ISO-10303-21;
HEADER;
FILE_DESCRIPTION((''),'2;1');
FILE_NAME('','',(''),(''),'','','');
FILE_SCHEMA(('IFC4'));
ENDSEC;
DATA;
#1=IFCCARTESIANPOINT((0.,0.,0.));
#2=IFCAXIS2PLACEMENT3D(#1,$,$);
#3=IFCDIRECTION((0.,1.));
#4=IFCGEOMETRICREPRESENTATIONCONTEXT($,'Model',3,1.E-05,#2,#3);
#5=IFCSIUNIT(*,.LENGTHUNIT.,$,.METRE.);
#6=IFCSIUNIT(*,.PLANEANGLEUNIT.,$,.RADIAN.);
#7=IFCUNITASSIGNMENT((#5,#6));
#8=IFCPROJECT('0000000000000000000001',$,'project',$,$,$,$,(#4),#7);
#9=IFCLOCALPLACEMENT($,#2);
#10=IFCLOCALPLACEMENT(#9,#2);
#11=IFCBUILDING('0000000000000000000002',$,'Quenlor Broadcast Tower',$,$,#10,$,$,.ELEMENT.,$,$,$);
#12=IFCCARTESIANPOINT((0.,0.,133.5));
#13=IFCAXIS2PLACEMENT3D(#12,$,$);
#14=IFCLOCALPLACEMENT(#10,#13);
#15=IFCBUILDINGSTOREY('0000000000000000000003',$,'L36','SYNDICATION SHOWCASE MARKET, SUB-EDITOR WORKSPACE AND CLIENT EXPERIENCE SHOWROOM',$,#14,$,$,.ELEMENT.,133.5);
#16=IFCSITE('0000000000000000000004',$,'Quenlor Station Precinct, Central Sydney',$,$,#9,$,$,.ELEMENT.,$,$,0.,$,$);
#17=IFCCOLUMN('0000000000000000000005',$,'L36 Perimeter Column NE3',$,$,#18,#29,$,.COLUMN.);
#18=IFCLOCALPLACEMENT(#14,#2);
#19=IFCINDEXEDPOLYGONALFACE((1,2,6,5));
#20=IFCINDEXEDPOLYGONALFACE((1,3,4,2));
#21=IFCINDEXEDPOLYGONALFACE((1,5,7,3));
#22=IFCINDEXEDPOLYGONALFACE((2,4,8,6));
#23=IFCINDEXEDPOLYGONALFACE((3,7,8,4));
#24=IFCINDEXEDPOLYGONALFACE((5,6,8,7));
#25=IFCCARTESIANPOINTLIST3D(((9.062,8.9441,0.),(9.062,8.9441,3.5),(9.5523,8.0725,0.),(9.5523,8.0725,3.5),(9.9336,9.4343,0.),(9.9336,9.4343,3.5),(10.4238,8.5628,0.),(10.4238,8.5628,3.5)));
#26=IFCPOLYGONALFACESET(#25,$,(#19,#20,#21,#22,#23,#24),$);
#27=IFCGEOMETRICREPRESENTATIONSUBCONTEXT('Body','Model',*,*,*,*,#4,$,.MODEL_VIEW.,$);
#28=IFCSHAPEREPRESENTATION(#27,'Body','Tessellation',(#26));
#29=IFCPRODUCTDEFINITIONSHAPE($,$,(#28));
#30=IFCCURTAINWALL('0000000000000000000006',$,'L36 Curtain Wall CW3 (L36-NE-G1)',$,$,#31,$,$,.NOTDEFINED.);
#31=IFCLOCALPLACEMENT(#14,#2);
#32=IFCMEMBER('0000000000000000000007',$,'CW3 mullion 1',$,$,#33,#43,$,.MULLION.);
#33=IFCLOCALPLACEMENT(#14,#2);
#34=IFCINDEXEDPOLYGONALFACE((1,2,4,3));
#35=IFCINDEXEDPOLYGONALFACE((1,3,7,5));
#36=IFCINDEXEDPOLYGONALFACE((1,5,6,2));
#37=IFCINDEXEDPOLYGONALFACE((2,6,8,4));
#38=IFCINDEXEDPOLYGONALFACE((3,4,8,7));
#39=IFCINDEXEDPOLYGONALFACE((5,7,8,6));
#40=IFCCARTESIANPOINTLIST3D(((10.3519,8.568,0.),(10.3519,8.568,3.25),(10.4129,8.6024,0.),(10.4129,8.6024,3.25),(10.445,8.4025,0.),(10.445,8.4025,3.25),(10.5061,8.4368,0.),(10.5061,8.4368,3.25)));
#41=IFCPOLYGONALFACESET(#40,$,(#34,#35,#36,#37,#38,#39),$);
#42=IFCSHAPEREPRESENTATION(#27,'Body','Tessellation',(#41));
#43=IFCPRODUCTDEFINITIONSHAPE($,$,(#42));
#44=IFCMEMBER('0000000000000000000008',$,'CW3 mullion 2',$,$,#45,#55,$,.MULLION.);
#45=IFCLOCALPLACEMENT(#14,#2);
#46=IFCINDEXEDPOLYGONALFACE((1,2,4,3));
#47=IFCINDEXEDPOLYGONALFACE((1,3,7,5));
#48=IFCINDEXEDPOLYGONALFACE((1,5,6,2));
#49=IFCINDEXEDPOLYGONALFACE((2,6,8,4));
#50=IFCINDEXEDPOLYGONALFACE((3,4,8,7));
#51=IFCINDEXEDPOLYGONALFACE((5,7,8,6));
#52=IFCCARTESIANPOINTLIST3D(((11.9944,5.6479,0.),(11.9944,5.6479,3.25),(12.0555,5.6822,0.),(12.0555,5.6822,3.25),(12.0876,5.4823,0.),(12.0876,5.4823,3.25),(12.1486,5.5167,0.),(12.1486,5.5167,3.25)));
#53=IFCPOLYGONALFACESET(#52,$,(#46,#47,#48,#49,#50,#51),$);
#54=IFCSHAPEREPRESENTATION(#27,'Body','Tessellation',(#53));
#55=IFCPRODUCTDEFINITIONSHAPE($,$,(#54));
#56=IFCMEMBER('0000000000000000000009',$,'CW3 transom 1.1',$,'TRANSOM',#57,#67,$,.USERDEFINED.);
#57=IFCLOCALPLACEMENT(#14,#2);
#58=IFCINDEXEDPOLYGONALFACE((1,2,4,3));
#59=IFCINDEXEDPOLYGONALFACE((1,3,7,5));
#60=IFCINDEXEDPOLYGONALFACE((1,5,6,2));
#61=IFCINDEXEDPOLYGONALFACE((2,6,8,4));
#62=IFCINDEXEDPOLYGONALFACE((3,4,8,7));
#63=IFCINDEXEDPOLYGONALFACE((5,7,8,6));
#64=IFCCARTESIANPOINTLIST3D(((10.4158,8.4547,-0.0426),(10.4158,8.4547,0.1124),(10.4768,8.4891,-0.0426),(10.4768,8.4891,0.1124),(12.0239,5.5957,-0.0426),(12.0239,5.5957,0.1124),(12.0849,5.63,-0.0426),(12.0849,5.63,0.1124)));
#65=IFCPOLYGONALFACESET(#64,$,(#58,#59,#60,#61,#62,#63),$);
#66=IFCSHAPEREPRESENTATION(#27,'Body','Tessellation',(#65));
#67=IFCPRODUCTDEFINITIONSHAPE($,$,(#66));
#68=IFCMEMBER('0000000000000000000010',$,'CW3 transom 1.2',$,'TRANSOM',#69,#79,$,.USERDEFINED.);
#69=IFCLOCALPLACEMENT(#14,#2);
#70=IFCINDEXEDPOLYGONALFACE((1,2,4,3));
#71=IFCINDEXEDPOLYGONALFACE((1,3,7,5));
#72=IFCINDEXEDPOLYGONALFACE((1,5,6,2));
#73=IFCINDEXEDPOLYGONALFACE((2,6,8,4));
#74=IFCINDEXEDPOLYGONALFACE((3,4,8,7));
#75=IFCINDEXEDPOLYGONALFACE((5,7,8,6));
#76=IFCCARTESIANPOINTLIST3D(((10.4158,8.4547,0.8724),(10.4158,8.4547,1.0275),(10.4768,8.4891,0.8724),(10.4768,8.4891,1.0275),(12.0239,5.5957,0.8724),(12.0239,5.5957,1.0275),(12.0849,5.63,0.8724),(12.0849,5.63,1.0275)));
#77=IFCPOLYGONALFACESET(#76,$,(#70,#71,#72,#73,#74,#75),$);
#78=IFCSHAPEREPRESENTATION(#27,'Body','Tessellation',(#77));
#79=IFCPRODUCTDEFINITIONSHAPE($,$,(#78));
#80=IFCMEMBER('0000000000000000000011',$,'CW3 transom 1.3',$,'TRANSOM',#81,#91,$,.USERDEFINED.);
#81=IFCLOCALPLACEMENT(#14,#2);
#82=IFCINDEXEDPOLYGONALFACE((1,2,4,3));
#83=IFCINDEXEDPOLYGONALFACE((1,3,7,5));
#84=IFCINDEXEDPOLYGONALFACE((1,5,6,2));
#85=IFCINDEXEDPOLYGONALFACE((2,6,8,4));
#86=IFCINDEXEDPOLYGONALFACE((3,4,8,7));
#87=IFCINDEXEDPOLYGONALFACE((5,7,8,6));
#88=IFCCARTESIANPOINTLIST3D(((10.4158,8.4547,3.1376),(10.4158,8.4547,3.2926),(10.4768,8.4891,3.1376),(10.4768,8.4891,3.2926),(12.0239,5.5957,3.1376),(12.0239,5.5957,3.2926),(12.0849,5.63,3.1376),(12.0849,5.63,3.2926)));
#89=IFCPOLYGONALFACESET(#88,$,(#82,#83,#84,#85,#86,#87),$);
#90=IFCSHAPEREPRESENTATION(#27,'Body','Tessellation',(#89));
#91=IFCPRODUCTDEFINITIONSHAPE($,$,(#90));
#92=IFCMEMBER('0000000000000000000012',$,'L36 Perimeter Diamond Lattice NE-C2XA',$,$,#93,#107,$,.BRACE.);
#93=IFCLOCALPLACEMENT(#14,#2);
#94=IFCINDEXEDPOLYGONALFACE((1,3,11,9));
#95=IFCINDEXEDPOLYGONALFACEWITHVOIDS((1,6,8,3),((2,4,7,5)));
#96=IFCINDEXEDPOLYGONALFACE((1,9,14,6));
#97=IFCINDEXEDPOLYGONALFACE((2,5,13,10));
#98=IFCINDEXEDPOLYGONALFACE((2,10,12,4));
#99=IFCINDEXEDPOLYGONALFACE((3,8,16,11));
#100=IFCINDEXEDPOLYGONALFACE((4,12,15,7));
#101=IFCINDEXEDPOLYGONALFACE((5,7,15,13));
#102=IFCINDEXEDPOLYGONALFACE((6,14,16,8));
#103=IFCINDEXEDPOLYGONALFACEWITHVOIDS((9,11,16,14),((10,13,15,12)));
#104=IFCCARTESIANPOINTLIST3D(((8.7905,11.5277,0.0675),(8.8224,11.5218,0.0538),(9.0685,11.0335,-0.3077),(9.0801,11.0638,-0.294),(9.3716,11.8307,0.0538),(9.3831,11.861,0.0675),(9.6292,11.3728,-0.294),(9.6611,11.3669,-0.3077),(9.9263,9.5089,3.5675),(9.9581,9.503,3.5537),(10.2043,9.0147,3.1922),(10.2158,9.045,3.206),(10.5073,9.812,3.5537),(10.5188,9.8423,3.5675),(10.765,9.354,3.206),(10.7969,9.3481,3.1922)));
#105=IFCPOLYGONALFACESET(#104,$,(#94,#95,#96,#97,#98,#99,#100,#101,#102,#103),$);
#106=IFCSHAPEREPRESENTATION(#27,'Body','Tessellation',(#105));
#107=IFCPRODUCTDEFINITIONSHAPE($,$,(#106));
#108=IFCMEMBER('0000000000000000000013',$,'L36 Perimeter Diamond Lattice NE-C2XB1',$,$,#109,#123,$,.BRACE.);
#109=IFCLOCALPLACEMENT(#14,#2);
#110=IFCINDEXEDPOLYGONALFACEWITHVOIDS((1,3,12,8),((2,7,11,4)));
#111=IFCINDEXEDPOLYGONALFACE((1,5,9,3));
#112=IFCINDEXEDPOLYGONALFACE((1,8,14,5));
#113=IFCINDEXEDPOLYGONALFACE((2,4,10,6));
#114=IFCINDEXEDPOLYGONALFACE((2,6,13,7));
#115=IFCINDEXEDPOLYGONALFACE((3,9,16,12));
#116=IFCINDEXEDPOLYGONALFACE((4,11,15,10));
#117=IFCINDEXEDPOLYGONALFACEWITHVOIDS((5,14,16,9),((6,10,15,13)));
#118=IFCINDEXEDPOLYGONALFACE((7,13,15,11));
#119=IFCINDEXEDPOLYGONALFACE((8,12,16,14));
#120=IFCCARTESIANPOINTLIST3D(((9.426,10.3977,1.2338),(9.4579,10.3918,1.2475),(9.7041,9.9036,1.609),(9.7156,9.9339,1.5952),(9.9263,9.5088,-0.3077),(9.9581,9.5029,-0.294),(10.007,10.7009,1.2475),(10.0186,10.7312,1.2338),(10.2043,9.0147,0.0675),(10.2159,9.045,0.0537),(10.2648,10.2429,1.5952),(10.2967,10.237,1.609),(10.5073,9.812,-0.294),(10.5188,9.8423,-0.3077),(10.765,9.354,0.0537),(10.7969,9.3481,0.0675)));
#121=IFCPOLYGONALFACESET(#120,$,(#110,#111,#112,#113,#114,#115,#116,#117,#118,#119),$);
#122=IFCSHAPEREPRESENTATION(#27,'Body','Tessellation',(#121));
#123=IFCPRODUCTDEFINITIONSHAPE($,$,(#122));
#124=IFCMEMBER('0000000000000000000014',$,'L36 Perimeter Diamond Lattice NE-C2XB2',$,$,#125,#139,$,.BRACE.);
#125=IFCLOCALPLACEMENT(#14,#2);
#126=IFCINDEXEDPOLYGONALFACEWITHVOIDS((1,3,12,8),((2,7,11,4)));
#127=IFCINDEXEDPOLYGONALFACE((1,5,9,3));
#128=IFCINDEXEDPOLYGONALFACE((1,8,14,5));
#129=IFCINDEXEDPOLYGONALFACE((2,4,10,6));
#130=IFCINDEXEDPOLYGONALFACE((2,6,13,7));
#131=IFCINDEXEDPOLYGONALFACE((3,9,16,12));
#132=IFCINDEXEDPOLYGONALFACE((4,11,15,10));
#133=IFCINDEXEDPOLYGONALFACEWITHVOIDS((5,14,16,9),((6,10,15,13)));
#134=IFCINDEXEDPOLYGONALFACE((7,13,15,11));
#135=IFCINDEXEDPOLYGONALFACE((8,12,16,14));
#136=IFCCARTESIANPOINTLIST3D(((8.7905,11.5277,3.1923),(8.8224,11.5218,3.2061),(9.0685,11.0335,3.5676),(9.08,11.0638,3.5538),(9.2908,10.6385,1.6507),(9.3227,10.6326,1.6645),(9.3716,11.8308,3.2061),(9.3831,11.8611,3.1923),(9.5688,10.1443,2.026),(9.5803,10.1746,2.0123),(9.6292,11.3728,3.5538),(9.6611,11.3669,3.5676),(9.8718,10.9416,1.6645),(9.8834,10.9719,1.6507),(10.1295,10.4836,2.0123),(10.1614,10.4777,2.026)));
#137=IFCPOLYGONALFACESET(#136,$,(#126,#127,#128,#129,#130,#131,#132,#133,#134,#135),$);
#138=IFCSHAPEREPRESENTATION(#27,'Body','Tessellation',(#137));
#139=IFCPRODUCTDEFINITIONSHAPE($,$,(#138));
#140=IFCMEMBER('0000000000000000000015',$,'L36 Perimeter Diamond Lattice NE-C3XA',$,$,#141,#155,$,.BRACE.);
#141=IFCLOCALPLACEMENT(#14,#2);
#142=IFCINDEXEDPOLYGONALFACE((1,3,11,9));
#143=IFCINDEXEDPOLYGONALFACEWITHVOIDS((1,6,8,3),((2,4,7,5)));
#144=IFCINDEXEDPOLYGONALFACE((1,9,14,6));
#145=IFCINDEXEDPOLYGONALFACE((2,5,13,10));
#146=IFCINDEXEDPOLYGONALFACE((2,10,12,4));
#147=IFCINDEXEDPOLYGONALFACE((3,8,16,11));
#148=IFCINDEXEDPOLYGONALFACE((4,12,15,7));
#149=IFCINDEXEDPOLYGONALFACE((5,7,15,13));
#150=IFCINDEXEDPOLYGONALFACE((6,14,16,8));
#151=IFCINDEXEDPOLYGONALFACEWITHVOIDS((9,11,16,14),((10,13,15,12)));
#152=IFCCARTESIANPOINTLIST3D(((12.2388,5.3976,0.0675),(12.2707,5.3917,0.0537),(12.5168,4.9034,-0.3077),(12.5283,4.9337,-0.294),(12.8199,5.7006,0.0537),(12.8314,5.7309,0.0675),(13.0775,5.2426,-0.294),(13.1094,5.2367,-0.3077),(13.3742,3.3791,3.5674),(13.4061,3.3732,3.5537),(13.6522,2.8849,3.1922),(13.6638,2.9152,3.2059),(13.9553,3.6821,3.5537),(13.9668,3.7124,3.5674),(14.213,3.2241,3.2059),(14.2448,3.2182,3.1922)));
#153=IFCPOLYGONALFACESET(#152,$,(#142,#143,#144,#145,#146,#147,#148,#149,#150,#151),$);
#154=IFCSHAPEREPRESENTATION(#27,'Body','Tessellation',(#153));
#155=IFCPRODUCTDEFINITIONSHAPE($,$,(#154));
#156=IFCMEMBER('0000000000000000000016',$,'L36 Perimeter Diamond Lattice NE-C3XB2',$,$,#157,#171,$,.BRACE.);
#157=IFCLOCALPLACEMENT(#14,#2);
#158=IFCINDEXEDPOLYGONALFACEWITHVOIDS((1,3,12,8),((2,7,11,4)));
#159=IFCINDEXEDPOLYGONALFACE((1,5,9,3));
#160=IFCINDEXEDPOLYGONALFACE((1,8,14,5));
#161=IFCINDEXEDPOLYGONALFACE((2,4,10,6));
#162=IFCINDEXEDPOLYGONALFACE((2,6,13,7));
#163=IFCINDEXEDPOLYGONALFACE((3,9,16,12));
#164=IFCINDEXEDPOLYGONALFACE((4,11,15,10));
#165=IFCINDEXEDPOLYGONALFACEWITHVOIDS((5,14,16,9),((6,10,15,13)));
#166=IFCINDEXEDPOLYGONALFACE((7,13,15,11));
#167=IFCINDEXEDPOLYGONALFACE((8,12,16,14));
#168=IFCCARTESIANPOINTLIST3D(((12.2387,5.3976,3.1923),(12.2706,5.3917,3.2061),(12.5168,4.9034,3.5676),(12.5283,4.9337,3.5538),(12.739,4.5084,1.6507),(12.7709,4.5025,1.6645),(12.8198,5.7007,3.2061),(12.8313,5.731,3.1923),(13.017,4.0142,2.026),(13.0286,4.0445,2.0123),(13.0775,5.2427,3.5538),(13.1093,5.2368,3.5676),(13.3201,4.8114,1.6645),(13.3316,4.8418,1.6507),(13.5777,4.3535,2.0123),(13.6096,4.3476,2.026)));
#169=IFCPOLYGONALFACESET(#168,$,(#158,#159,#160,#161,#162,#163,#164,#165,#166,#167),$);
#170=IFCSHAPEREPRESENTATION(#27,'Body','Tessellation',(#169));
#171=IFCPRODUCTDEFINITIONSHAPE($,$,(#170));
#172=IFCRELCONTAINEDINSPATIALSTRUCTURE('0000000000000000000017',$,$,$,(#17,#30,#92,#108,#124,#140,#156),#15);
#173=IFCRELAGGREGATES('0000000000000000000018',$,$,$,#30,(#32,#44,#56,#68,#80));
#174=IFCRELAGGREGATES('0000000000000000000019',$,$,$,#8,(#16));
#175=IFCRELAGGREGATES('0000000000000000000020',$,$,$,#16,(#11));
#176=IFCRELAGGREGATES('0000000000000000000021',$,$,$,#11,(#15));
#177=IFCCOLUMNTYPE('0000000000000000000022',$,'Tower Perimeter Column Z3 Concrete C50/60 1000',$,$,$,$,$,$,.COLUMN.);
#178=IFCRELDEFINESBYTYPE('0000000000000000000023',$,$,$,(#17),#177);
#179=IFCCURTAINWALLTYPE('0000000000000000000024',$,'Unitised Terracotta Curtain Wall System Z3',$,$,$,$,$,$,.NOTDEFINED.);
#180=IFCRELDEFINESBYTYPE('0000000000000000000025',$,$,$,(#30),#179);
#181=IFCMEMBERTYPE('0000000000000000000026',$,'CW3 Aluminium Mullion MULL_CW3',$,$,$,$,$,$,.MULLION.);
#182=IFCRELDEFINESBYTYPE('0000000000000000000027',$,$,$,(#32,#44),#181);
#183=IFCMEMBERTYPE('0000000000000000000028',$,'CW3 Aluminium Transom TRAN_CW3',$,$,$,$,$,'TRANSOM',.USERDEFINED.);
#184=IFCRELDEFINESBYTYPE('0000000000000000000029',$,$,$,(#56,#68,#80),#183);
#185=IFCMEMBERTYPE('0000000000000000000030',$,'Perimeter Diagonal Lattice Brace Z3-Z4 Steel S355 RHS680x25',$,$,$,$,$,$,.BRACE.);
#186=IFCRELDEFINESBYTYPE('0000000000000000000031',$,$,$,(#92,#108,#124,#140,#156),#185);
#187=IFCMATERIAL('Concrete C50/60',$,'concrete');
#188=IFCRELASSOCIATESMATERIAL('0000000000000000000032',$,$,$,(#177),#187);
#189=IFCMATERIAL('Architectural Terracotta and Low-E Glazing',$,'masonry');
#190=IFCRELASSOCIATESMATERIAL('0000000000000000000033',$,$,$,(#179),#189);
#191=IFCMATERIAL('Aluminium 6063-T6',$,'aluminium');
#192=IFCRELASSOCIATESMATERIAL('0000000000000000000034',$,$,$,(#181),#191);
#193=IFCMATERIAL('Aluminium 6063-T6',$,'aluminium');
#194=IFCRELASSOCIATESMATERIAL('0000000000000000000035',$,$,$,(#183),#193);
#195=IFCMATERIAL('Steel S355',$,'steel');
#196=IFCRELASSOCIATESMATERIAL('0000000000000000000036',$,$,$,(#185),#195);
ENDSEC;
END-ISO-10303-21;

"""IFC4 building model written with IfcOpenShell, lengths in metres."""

from ifc_helpers import new_model, si_unit, direction, frame, origin, origin_2d, place, context, subcontext, project, spatial, rectangle, hollow_rectangle, extrude, material, material_profile, profile_set, type_object, element, aggregate, save


model = new_model("IFC4")

# Units and contexts
model_context = context("Model", 3, precision=1e-05, world=origin(), true_north=direction((0.0, 1.0)))
body_context = subcontext(model_context, "Body", "Model", "MODEL_VIEW")
ifc_project = project(units=[si_unit("LENGTHUNIT", "METRE"), si_unit("PLANEANGLEUNIT", "RADIAN")], contexts=[model_context])

# Site, building, storey
site_placement = place(None, origin())
site = spatial("IfcSite", under=ifc_project, at=site_placement, Name="Quenlor Station Precinct, Central Sydney", CompositionType="ELEMENT", RefElevation=0.0)
building_placement = place(site_placement, origin())
building = spatial("IfcBuilding", under=site, at=building_placement, Name="Quenlor Broadcast Tower", CompositionType="ELEMENT")
storey_placement = place(building_placement, frame((0.0, 0.0, 133.5)))
storey = spatial("IfcBuildingStorey", under=building, at=storey_placement, Name="L36", Description="SYNDICATION SHOWCASE MARKET, SUB-EDITOR WORKSPACE AND CLIENT EXPERIENCE SHOWROOM", CompositionType="ELEMENT", Elevation=133.5)

# Column
ifc_material_1 = material(Name="Concrete C50/60", Category="concrete")
ifc_material_profile_1 = material_profile(ifc_material_1, rectangle(XDim=1.0, YDim=1.0, at=origin_2d()))
ifc_profile_set_1 = profile_set([ifc_material_profile_1], Name="Concrete C50/60 RC1000x1000")
column_type = type_object("IfcColumnType", Name="Tower Perimeter Column Z3 Concrete C50/60 1000", PredefinedType="COLUMN", material=ifc_profile_set_1)
column_placement = place(storey_placement, frame((9.7429, 8.7534, 0.0), z_axis=(0.0, 0.0, 1.0), x_axis=(0.871575, 0.490262, 0.0)))
element("IfcColumn", 1, at=column_placement, inside=storey, type_object=column_type, Name="L36 Perimeter Column NE3", PredefinedType="COLUMN", context=body_context, shape_type="SweptSolid", body=[
    extrude(rectangle(XDim=1.0, YDim=1.0, at=origin_2d()), origin(), (0.0, 0.0, 1.0), 3.5),
])

# Curtain wall, members
ifc_material_2 = material(Name="Architectural Terracotta and Low-E Glazing", Category="masonry")
curtain_wall_type = type_object("IfcCurtainWallType", Name="Unitised Terracotta Curtain Wall System Z3", PredefinedType="NOTDEFINED", material=ifc_material_2)
curtain_wall_placement = place(storey_placement, origin())
curtain_wall = element("IfcCurtainWall", 2, at=curtain_wall_placement, inside=storey, type_object=curtain_wall_type, Name="L36 Curtain Wall CW3 (L36-NE-G1)", PredefinedType="NOTDEFINED")
ifc_material_3 = material(Name="Aluminium 6063-T6", Category="aluminium")
ifc_material_profile_2 = material_profile(ifc_material_3, rectangle(XDim=0.0701, YDim=0.1899, at=origin_2d()))
ifc_profile_set_2 = profile_set([ifc_material_profile_2], Name="Aluminium 6063-T6 MULL70x190")
member_type_1 = type_object("IfcMemberType", Name="CW3 Aluminium Mullion MULL_CW3", PredefinedType="MULLION", material=ifc_profile_set_2)
member_1_placement = place(storey_placement, frame((10.429, 8.5024, 0.0), z_axis=(0.0, 0.0, 1.0), x_axis=(0.871579, 0.490256, 0.0)))
member_1 = element("IfcMember", 3, at=member_1_placement, type_object=member_type_1, Name="CW3 mullion 1", PredefinedType="MULLION", context=body_context, shape_type="SweptSolid", body=[
    extrude(rectangle(XDim=0.0701, YDim=0.1899, at=origin_2d()), origin(), (0.0, 0.0, 1.0), 3.25),
])
member_2_placement = place(storey_placement, frame((12.0715, 5.5823, 0.0), z_axis=(0.0, 0.0, 1.0), x_axis=(0.871579, 0.490256, 0.0)))
member_2 = element("IfcMember", 4, at=member_2_placement, type_object=member_type_1, Name="CW3 mullion 2", PredefinedType="MULLION", context=body_context, shape_type="SweptSolid", body=[
    extrude(rectangle(XDim=0.0701, YDim=0.1899, at=origin_2d()), origin(), (0.0, 0.0, 1.0), 3.25),
])
ifc_material_4 = material(Name="Aluminium 6063-T6", Category="aluminium")
ifc_material_profile_3 = material_profile(ifc_material_4, rectangle(XDim=0.0701, YDim=0.155, at=origin_2d()))
ifc_profile_set_3 = profile_set([ifc_material_profile_3], Name="Aluminium 6063-T6 TRAN70x155")
member_type_2 = type_object("IfcMemberType", Name="CW3 Aluminium Transom TRAN_CW3", ElementType="TRANSOM", PredefinedType="USERDEFINED", material=ifc_profile_set_3)
member_3_placement = place(storey_placement, frame((10.4463, 8.4719, 0.0349), z_axis=(0.490237, -0.871589, 0.0), x_axis=(0.871589, 0.490237, 0.0)))
member_3 = element("IfcMember", 5, at=member_3_placement, type_object=member_type_2, Name="CW3 transom 1.1", ObjectType="TRANSOM", PredefinedType="USERDEFINED", context=body_context, shape_type="SweptSolid", body=[
    extrude(rectangle(XDim=0.0701, YDim=0.155, at=origin_2d()), origin(), (0.0, 0.0, 1.0), 3.2803),
])
member_4_placement = place(storey_placement, frame((10.4463, 8.4719, 0.95), z_axis=(0.490237, -0.871589, 0.0), x_axis=(0.871589, 0.490237, 0.0)))
member_4 = element("IfcMember", 6, at=member_4_placement, type_object=member_type_2, Name="CW3 transom 1.2", ObjectType="TRANSOM", PredefinedType="USERDEFINED", context=body_context, shape_type="SweptSolid", body=[
    extrude(rectangle(XDim=0.0701, YDim=0.155, at=origin_2d()), origin(), (0.0, 0.0, 1.0), 3.2803),
])
member_5_placement = place(storey_placement, frame((10.4463, 8.4719, 3.2151), z_axis=(0.490237, -0.871589, 0.0), x_axis=(0.871589, 0.490237, 0.0)))
member_5 = element("IfcMember", 7, at=member_5_placement, type_object=member_type_2, Name="CW3 transom 1.3", ObjectType="TRANSOM", PredefinedType="USERDEFINED", context=body_context, shape_type="SweptSolid", body=[
    extrude(rectangle(XDim=0.0701, YDim=0.155, at=origin_2d()), origin(), (0.0, 0.0, 1.0), 3.2803),
])

# Members
ifc_material_5 = material(Name="Steel S355", Category="steel")
ifc_material_profile_4 = material_profile(ifc_material_5, hollow_rectangle(XDim=0.6799, YDim=0.6799, WallThickness=0.0249, at=origin_2d()))
ifc_profile_set_4 = profile_set([ifc_material_profile_4], Name="Steel S355 RHS680x680x25")
member_type_3 = type_object("IfcMemberType", Name="Perimeter Diagonal Lattice Brace Z3-Z4 Steel S355 RHS680x25", PredefinedType="BRACE", material=ifc_profile_set_4)
member_6_placement = place(storey_placement, frame((9.2258, 11.4473, -0.1201), z_axis=(0.270603, -0.481001, 0.833914), x_axis=(0.871545, 0.490316, 0.0)))
element("IfcMember", 8, at=member_6_placement, inside=storey, type_object=member_type_3, Name="L36 Perimeter Diamond Lattice NE-C2XA", PredefinedType="BRACE", context=body_context, shape_type="SweptSolid", body=[
    extrude(hollow_rectangle(XDim=0.6799, YDim=0.6799, WallThickness=0.0249, at=origin_2d()), origin(), (0.0, 0.0, 1.0), 4.197),
])
member_7_placement = place(storey_placement, frame((10.3616, 9.4285, -0.1201), z_axis=(-0.270634, 0.480906, 0.833958), x_axis=(-0.87148, -0.490432, 0.0)))
element("IfcMember", 9, at=member_7_placement, inside=storey, type_object=member_type_3, Name="L36 Perimeter Diamond Lattice NE-C2XB1", PredefinedType="BRACE", context=body_context, shape_type="SweptSolid", body=[
    extrude(hollow_rectangle(XDim=0.6799, YDim=0.6799, WallThickness=0.0249, at=origin_2d()), origin(), (0.0, 0.0, 1.0), 1.8484),
])
member_8_placement = place(storey_placement, frame((9.7261, 10.5581, 1.8384), z_axis=(-0.270616, 0.481008, 0.833905), x_axis=(-0.871537, -0.490329, 0.0)))
element("IfcMember", 10, at=member_8_placement, inside=storey, type_object=member_type_3, Name="L36 Perimeter Diamond Lattice NE-C2XB2", PredefinedType="BRACE", context=body_context, shape_type="SweptSolid", body=[
    extrude(hollow_rectangle(XDim=0.6799, YDim=0.6799, WallThickness=0.0249, at=origin_2d()), origin(), (0.0, 0.0, 1.0), 1.8486),
])
member_9_placement = place(storey_placement, frame((12.6741, 5.3171, -0.1201), z_axis=(0.270557, -0.480964, 0.83395), x_axis=(0.871564, 0.490281, 0.0)))
element("IfcMember", 11, at=member_9_placement, inside=storey, type_object=member_type_3, Name="L36 Perimeter Diamond Lattice NE-C3XA", PredefinedType="BRACE", context=body_context, shape_type="SweptSolid", body=[
    extrude(hollow_rectangle(XDim=0.6799, YDim=0.6799, WallThickness=0.0249, at=origin_2d()), origin(), (0.0, 0.0, 1.0), 4.1968),
])
member_10_placement = place(storey_placement, frame((13.1743, 4.428, 1.8384), z_axis=(-0.270616, 0.481008, 0.833905), x_axis=(-0.871537, -0.490329, 0.0)))
element("IfcMember", 12, at=member_10_placement, inside=storey, type_object=member_type_3, Name="L36 Perimeter Diamond Lattice NE-C3XB2", PredefinedType="BRACE", context=body_context, shape_type="SweptSolid", body=[
    extrude(hollow_rectangle(XDim=0.6799, YDim=0.6799, WallThickness=0.0249, at=origin_2d()), origin(), (0.0, 0.0, 1.0), 1.8486),
])

aggregate(curtain_wall, [member_1, member_2, member_3, member_4, member_5])

save(model, "model.ifc")
